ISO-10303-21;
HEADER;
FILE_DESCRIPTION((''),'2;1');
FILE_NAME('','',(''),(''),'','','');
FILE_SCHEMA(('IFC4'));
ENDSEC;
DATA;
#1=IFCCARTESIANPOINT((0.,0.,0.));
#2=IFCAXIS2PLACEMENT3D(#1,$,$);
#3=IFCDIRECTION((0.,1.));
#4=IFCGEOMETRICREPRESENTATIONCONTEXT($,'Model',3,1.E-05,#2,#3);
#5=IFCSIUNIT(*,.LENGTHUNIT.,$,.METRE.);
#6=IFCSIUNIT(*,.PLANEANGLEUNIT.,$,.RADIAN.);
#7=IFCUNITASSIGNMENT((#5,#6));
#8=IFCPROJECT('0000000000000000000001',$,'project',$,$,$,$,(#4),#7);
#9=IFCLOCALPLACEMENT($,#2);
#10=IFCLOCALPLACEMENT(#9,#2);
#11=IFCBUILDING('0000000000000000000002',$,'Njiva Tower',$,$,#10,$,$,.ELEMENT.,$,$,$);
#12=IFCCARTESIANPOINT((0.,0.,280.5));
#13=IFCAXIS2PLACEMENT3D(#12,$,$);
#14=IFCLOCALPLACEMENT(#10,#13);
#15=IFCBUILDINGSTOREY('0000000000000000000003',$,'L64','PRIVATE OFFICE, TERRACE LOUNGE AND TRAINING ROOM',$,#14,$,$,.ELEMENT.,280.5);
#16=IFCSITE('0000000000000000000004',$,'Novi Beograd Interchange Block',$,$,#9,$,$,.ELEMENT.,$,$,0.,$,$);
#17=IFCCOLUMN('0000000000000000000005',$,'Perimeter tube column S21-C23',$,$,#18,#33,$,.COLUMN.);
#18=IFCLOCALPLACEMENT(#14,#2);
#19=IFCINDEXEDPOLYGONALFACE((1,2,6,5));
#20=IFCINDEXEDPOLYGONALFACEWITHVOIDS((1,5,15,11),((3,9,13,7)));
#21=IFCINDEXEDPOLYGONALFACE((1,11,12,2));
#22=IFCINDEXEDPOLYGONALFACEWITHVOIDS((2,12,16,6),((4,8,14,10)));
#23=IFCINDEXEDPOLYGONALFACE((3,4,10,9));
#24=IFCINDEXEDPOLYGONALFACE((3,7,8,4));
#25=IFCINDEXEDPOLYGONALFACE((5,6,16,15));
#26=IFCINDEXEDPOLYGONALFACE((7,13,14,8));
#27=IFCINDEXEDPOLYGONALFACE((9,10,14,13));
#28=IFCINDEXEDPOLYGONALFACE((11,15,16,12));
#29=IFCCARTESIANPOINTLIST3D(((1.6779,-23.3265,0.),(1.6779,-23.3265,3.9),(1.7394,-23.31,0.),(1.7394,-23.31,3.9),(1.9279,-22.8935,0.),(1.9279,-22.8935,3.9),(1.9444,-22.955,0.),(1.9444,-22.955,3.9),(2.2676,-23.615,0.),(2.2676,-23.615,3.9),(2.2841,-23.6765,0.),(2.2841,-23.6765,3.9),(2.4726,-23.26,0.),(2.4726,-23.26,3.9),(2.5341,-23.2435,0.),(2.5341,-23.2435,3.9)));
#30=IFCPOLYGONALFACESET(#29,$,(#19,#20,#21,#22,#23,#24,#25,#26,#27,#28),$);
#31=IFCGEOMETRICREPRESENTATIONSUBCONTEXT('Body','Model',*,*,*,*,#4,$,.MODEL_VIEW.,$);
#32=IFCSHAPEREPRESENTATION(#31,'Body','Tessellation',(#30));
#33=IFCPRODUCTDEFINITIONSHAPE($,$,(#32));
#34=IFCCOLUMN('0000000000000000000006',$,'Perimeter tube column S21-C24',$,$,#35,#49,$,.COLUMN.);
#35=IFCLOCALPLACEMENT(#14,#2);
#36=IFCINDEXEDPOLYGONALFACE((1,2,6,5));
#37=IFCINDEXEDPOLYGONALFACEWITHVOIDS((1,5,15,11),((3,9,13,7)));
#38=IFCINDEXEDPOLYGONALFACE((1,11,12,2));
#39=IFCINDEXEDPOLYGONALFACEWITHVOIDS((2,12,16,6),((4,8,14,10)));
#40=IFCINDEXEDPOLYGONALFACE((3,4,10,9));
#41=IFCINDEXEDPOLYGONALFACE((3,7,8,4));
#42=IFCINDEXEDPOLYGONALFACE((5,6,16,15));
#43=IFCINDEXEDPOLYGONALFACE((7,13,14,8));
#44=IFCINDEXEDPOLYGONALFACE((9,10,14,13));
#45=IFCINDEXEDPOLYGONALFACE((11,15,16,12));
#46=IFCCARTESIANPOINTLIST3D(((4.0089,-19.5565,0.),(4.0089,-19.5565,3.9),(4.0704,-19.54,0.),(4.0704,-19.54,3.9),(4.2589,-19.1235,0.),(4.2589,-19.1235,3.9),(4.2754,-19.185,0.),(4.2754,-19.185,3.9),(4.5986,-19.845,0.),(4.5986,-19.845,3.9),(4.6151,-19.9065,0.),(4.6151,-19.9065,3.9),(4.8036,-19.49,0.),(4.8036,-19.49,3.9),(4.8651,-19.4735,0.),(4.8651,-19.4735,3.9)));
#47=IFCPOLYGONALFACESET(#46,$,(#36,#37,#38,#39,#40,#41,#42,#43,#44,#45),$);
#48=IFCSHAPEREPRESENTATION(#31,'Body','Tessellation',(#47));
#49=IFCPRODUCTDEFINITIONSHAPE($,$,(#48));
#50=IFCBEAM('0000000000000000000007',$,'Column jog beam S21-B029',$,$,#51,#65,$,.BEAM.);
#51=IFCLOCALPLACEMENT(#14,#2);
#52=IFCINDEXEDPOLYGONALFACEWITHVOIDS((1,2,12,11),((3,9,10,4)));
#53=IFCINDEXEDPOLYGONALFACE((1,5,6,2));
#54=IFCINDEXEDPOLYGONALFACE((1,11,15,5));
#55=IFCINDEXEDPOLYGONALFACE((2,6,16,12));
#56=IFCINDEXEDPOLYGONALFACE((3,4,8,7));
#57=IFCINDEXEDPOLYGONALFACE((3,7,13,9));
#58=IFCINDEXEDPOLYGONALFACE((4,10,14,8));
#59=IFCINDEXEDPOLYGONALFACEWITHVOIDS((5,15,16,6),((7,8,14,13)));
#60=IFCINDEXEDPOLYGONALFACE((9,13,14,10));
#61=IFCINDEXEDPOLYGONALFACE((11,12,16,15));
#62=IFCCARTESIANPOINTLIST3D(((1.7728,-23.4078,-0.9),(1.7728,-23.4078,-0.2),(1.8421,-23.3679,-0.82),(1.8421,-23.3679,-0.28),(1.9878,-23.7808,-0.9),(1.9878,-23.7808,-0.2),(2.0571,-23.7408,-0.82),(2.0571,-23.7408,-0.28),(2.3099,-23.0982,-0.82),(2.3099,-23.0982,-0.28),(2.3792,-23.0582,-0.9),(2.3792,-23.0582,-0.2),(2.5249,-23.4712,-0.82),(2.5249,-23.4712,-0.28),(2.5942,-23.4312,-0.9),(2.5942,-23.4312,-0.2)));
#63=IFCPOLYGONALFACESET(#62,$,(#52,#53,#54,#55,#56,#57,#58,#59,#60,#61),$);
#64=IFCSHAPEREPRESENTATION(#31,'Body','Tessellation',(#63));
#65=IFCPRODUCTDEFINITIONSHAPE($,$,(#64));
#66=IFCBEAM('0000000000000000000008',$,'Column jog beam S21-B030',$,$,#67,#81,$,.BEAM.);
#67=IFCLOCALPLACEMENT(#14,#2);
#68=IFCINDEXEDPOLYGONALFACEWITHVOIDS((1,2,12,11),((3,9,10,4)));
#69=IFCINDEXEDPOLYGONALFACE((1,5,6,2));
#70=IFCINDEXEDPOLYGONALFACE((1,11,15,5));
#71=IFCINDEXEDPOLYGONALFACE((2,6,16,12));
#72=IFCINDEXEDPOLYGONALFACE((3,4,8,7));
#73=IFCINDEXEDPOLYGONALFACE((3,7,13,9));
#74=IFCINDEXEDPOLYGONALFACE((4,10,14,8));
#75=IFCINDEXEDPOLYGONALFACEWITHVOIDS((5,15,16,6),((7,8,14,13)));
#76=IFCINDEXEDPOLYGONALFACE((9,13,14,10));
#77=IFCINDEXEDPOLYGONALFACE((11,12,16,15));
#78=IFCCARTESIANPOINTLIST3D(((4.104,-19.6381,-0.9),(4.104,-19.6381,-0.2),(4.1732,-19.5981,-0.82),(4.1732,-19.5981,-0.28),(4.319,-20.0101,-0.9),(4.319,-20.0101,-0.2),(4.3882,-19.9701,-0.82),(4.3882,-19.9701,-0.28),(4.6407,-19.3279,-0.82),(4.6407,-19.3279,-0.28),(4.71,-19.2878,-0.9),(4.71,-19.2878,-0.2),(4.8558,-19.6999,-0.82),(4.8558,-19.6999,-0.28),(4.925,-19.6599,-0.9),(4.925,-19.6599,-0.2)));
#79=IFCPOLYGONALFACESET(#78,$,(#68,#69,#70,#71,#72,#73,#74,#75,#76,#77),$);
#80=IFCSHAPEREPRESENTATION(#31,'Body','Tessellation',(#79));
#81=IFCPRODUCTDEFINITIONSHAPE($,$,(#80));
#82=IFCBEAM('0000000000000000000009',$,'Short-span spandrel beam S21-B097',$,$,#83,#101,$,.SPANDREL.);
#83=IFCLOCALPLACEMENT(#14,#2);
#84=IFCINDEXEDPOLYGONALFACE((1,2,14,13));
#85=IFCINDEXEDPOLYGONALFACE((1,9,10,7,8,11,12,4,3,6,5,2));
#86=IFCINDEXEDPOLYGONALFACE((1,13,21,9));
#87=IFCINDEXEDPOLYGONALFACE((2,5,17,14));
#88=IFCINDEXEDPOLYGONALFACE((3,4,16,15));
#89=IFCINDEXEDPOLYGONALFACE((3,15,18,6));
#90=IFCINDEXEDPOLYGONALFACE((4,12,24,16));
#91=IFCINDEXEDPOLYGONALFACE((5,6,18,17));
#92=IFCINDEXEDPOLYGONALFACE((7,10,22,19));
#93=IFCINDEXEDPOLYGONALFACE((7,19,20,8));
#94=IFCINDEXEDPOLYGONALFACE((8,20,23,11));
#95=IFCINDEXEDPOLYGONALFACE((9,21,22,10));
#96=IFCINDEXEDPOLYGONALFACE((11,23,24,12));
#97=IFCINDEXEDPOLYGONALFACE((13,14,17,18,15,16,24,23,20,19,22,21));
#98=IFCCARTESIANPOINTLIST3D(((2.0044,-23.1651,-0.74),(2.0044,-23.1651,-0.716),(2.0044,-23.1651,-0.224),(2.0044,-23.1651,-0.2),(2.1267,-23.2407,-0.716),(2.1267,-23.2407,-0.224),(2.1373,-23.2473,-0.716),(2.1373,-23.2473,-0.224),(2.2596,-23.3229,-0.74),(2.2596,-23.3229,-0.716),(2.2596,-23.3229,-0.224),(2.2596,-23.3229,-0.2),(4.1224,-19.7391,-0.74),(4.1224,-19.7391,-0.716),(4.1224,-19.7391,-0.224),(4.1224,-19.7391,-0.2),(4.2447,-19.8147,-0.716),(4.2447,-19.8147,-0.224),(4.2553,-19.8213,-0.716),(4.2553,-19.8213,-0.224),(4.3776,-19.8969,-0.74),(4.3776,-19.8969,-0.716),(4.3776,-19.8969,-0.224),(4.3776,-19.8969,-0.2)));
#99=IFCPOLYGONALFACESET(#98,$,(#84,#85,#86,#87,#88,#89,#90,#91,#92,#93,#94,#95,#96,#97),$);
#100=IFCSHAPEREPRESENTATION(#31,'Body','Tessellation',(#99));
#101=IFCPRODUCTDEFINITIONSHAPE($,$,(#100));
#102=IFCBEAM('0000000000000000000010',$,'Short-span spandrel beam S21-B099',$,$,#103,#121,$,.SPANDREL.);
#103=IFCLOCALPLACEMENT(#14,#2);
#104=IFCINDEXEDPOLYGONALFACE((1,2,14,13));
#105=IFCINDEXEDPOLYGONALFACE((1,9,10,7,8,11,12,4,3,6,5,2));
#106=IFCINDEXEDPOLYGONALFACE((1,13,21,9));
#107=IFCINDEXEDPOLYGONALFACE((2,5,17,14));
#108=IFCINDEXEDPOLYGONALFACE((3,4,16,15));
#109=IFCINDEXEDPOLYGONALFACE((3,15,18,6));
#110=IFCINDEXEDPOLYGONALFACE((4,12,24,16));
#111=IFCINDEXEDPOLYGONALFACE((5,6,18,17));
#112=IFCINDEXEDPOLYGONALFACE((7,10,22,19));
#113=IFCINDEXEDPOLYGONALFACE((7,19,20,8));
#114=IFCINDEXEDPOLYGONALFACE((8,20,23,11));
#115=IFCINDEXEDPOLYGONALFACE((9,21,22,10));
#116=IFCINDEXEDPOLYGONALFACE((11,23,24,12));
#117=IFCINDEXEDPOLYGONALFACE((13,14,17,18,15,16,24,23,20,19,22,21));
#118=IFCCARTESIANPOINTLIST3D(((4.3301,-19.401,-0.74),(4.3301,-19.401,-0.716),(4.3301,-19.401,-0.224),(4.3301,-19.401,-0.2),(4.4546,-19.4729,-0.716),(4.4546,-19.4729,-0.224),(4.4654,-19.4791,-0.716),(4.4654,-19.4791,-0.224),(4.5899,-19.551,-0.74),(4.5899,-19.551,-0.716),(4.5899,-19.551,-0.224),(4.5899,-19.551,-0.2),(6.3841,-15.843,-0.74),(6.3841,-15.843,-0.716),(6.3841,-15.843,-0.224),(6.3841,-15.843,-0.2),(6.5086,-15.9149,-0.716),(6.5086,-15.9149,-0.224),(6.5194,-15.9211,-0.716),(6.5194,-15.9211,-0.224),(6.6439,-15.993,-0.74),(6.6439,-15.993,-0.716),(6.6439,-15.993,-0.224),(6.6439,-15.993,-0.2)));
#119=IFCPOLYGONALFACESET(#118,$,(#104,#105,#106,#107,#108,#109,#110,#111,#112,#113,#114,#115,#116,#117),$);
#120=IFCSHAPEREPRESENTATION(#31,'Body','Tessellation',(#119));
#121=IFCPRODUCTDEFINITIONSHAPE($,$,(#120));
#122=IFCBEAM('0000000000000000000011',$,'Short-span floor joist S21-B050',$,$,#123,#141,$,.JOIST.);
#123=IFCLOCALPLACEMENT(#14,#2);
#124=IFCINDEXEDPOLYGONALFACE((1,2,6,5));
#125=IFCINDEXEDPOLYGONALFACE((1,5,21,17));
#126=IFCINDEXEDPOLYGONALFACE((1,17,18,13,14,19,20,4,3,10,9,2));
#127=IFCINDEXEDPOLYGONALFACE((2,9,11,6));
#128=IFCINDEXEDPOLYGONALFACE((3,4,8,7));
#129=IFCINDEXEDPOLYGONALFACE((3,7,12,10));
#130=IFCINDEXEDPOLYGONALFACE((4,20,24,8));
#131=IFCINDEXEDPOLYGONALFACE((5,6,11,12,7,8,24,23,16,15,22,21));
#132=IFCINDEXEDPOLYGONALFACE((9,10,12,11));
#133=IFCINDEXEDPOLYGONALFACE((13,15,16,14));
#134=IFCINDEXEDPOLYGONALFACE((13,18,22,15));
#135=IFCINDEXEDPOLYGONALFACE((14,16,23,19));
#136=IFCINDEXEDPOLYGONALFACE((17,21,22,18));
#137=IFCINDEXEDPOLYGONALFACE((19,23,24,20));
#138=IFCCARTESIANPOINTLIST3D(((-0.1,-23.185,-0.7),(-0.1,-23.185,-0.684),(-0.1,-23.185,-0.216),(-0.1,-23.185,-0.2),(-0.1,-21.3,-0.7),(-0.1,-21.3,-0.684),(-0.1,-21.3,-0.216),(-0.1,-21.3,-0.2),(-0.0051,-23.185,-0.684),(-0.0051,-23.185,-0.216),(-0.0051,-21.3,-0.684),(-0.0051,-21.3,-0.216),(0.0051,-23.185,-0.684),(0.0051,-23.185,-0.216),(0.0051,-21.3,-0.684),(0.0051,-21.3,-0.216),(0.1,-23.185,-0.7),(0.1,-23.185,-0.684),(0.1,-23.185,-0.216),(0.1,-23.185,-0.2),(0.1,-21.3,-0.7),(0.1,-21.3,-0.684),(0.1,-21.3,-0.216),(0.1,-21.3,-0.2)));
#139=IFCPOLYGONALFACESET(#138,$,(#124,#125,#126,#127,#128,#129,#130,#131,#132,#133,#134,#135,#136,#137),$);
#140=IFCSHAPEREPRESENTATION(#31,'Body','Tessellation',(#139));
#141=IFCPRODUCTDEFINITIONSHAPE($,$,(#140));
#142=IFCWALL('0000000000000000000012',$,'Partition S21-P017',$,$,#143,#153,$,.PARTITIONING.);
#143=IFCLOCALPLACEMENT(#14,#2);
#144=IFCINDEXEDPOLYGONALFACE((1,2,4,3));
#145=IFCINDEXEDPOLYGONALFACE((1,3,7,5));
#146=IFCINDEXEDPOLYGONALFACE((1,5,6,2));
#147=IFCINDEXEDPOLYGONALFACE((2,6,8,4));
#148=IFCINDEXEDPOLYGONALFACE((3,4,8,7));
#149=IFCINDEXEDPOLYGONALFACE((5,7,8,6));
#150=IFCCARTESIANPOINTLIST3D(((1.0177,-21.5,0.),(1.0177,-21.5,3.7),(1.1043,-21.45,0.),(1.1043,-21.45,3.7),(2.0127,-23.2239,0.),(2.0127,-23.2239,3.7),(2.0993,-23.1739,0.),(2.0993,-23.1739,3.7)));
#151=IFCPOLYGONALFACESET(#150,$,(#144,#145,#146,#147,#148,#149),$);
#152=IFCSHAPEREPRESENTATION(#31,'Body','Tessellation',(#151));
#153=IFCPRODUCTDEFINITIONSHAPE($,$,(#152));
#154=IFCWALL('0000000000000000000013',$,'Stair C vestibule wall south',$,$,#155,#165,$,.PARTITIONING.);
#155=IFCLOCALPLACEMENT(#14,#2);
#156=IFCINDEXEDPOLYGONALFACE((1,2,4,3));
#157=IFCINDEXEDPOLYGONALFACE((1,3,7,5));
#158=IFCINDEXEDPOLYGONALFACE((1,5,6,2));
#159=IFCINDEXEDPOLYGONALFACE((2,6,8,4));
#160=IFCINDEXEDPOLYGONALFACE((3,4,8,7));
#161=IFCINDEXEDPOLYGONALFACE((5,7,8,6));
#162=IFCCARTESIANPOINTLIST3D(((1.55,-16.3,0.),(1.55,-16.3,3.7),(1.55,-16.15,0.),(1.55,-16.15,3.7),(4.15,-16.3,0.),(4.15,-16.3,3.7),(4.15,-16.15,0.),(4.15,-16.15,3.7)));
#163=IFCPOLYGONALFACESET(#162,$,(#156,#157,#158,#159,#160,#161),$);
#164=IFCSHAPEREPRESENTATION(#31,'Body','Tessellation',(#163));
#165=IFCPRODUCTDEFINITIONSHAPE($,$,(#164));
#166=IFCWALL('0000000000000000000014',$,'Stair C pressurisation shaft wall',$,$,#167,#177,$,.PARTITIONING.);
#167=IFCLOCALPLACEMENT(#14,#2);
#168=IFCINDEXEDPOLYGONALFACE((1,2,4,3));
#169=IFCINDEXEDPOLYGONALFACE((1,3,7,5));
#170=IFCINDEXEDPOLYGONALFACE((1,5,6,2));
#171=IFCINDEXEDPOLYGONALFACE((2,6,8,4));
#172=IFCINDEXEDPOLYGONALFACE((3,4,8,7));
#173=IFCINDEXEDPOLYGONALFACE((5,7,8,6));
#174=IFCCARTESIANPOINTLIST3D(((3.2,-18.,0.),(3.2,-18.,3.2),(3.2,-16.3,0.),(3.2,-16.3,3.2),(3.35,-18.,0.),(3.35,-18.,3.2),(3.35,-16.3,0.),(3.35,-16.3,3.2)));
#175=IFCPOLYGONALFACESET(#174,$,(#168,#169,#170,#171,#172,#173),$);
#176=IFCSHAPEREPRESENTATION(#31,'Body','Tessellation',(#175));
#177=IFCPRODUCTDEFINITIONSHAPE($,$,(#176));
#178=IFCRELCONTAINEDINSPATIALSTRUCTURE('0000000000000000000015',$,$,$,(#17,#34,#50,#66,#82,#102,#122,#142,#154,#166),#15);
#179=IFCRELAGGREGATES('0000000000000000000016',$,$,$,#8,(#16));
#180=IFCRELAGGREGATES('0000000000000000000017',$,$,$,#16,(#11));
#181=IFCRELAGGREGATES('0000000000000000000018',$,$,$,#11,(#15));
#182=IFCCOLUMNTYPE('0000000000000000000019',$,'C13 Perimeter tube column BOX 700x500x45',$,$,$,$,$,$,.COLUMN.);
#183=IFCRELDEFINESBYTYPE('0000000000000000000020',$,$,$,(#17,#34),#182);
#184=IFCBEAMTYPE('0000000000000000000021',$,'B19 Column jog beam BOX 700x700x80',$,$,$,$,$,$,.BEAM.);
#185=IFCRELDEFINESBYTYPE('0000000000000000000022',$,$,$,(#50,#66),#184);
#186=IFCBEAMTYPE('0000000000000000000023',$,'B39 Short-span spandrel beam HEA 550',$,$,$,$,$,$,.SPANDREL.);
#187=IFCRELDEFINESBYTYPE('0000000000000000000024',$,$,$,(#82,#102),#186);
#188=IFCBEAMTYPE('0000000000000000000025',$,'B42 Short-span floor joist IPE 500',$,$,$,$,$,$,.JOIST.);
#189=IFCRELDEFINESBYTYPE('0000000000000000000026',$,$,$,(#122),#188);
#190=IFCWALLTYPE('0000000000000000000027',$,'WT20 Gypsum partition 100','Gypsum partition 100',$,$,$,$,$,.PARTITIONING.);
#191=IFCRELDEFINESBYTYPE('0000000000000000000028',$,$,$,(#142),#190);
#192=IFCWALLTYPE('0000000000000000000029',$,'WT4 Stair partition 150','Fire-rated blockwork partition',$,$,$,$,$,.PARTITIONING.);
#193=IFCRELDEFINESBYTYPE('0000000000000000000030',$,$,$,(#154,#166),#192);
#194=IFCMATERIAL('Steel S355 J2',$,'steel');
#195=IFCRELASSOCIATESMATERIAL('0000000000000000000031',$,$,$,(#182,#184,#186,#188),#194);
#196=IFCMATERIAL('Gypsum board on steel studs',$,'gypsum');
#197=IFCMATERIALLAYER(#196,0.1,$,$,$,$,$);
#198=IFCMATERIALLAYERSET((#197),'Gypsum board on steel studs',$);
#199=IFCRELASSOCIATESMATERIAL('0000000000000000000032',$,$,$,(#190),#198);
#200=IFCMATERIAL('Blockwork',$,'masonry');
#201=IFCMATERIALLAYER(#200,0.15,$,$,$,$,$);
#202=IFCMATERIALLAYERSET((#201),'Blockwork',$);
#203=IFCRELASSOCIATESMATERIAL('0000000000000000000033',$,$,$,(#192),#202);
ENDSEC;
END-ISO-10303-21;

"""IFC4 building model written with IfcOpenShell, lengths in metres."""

from ifc_helpers import new_model, si_unit, direction, frame, frame_2d, origin, origin_2d, place, context, subcontext, project, spatial, rectangle, hollow_rectangle, i_section, extrude, material, layer, layer_set, material_profile, profile_set, type_object, element, save


model = new_model("IFC4")

# Units and contexts
model_context = context("Model", 3, precision=1e-05, world=origin(), true_north=direction((0.0, 1.0)))
body_context = subcontext(model_context, "Body", "Model", "MODEL_VIEW")
ifc_project = project(units=[si_unit("LENGTHUNIT", "METRE"), si_unit("PLANEANGLEUNIT", "RADIAN")], contexts=[model_context])

# Site, building, storey
site_placement = place(None, origin())
site = spatial("IfcSite", under=ifc_project, at=site_placement, Name="Novi Beograd Interchange Block", CompositionType="ELEMENT", RefElevation=0.0)
building_placement = place(site_placement, origin())
building = spatial("IfcBuilding", under=site, at=building_placement, Name="Njiva Tower", CompositionType="ELEMENT")
storey_placement = place(building_placement, frame((0.0, 0.0, 280.5)))
storey = spatial("IfcBuildingStorey", under=building, at=storey_placement, Name="L64", Description="PRIVATE OFFICE, TERRACE LOUNGE AND TRAINING ROOM", CompositionType="ELEMENT", Elevation=280.5)

# Columns
ifc_material_1 = material(Name="Steel S355 J2", Category="steel")
ifc_material_profile_1 = material_profile(ifc_material_1, hollow_rectangle(XDim=0.5, YDim=0.7, WallThickness=0.045, at=origin_2d()), Name="BOX 700x500x45")
ifc_profile_set_1 = profile_set([ifc_material_profile_1], Name="Steel S355 J2")
column_type = type_object("IfcColumnType", Name="C13 Perimeter tube column BOX 700x500x45", PredefinedType="COLUMN", material=ifc_profile_set_1)
for number, where, z_axis, x_axis, name in (
    (1, (2.106, -23.285, 0.0), (0.0, 0.0, 1.0), (0.5, 0.866025, 0.0), "Perimeter tube column S21-C23"),
    (2, (4.437, -19.515, 0.0), (0.0, 0.0, 1.0), (0.5, 0.866025, 0.0), "Perimeter tube column S21-C24"),
):
    element("IfcColumn", number, at=place(storey_placement, frame(where, z_axis=z_axis, x_axis=x_axis)), inside=storey, type_object=column_type, Name=name, PredefinedType="COLUMN", context=body_context, shape_type="SweptSolid", body=[
        extrude(hollow_rectangle(XDim=0.5, YDim=0.7, WallThickness=0.045, at=origin_2d()), origin(), (0.0, 0.0, 1.0), 3.9),
    ])

# Beams
ifc_material_profile_2 = material_profile(ifc_material_1, hollow_rectangle(XDim=0.7, YDim=0.7, WallThickness=0.08, at=origin_2d()), Name="BOX 700x700x80")
ifc_profile_set_2 = profile_set([ifc_material_profile_2], Name="Steel S355 J2")
beam_type_1 = type_object("IfcBeamType", Name="B19 Column jog beam BOX 700x700x80", PredefinedType="BEAM", material=ifc_profile_set_2)
beam_1_placement = place(storey_placement, frame((2.291, -23.606, -0.55), z_axis=(-0.499387, 0.866379, 0.0), x_axis=(-0.866379, -0.499387, 0.0)))
element("IfcBeam", 3, at=beam_1_placement, inside=storey, type_object=beam_type_1, Name="Column jog beam S21-B029", PredefinedType="BEAM", context=body_context, shape_type="SweptSolid", body=[
    extrude(hollow_rectangle(XDim=0.7, YDim=0.7, WallThickness=0.08, at=origin_2d()), origin(), (0.0, 0.0, 1.0), 0.4305),
])
beam_2_placement = place(storey_placement, frame((4.622, -19.835, -0.55), z_axis=(-0.500394, 0.865798, 0.0), x_axis=(-0.865798, -0.500394, 0.0)))
element("IfcBeam", 4, at=beam_2_placement, inside=storey, type_object=beam_type_1, Name="Column jog beam S21-B030", PredefinedType="BEAM", context=body_context, shape_type="SweptSolid", body=[
    extrude(hollow_rectangle(XDim=0.7, YDim=0.7, WallThickness=0.08, at=origin_2d()), origin(), (0.0, 0.0, 1.0), 0.4297),
])
ifc_material_profile_3 = material_profile(ifc_material_1, i_section(OverallWidth=0.3, OverallDepth=0.54, WebThickness=0.0125, FlangeThickness=0.024, at=origin_2d()), Name="HEA 550")
ifc_profile_set_3 = profile_set([ifc_material_profile_3], Name="Steel S355 J2")
beam_type_2 = type_object("IfcBeamType", Name="B39 Short-span spandrel beam HEA 550", PredefinedType="SPANDREL", material=ifc_profile_set_3)
beam_3_placement = place(storey_placement, frame((2.132, -23.244, -0.47), z_axis=(0.525842, 0.850582, 0.0), x_axis=(-0.850582, 0.525842, 0.0)))
element("IfcBeam", 5, at=beam_3_placement, inside=storey, type_object=beam_type_2, Name="Short-span spandrel beam S21-B097", PredefinedType="SPANDREL", context=body_context, shape_type="SweptSolid", body=[
    extrude(i_section(OverallWidth=0.3, OverallDepth=0.54, WebThickness=0.0125, FlangeThickness=0.024, at=origin_2d()), origin(), (0.0, 0.0, 1.0), 4.0278),
])
beam_4_placement = place(storey_placement, frame((4.46, -19.476, -0.47), z_axis=(0.499961, 0.866048, 0.0), x_axis=(-0.866048, 0.499961, 0.0)))
element("IfcBeam", 6, at=beam_4_placement, inside=storey, type_object=beam_type_2, Name="Short-span spandrel beam S21-B099", PredefinedType="SPANDREL", context=body_context, shape_type="SweptSolid", body=[
    extrude(i_section(OverallWidth=0.3, OverallDepth=0.54, WebThickness=0.0125, FlangeThickness=0.024, at=origin_2d()), origin(), (0.0, 0.0, 1.0), 4.1083),
])
ifc_material_profile_4 = material_profile(ifc_material_1, i_section(OverallWidth=0.2, OverallDepth=0.5, WebThickness=0.0102, FlangeThickness=0.016, at=origin_2d()), Name="IPE 500")
ifc_profile_set_4 = profile_set([ifc_material_profile_4], Name="Steel S355 J2")
beam_type_3 = type_object("IfcBeamType", Name="B42 Short-span floor joist IPE 500", PredefinedType="JOIST", material=ifc_profile_set_4)
beam_5_placement = place(storey_placement, frame((0.0, -21.3, -0.45), z_axis=(0.0, -1.0, 0.0), x_axis=(1.0, 0.0, 0.0)))
element("IfcBeam", 7, at=beam_5_placement, inside=storey, type_object=beam_type_3, Name="Short-span floor joist S21-B050", PredefinedType="JOIST", context=body_context, shape_type="SweptSolid", body=[
    extrude(i_section(OverallWidth=0.2, OverallDepth=0.5, WebThickness=0.0102, FlangeThickness=0.016, at=origin_2d()), origin(), (0.0, 0.0, 1.0), 1.885),
])

# Walls
ifc_material_2 = material(Name="Gypsum board on steel studs", Category="gypsum")
ifc_layer_1 = layer(ifc_material_2, 0.1)
ifc_layer_set_1 = layer_set([ifc_layer_1], Name="Gypsum board on steel studs")
wall_type_1 = type_object("IfcWallType", Name="WT20 Gypsum partition 100", Description="Gypsum partition 100", PredefinedType="PARTITIONING", material=ifc_layer_set_1)
wall_1_placement = place(storey_placement, frame((1.061, -21.475, 0.0), z_axis=(0.0, 0.0, 1.0), x_axis=(0.499867, -0.866102, 0.0)))
element("IfcWall", 8, at=wall_1_placement, inside=storey, type_object=wall_type_1, Name="Partition S21-P017", PredefinedType="PARTITIONING", context=body_context, shape_type="SweptSolid", body=[
    extrude(rectangle(XDim=1.9905, YDim=0.1, at=frame_2d((0.9952, 0.0))), origin(), (0.0, 0.0, 1.0), 3.7),
])
ifc_material_3 = material(Name="Blockwork", Category="masonry")
ifc_layer_2 = layer(ifc_material_3, 0.15)
ifc_layer_set_2 = layer_set([ifc_layer_2], Name="Blockwork")
wall_type_2 = type_object("IfcWallType", Name="WT4 Stair partition 150", Description="Fire-rated blockwork partition", PredefinedType="PARTITIONING", material=ifc_layer_set_2)
wall_2_placement = place(storey_placement, frame((1.55, -16.225, 0.0), z_axis=(0.0, 0.0, 1.0), x_axis=(1.0, 0.0, 0.0)))
element("IfcWall", 9, at=wall_2_placement, inside=storey, type_object=wall_type_2, Name="Stair C vestibule wall south", PredefinedType="PARTITIONING", context=body_context, shape_type="SweptSolid", body=[
    extrude(rectangle(XDim=2.6, YDim=0.15, at=frame_2d((1.3, 0.0))), origin(), (0.0, 0.0, 1.0), 3.7),
])
wall_3_placement = place(storey_placement, frame((3.275, -18.0, 0.0), z_axis=(0.0, 0.0, 1.0), x_axis=(0.0, 1.0, 0.0)))
element("IfcWall", 10, at=wall_3_placement, inside=storey, type_object=wall_type_2, Name="Stair C pressurisation shaft wall", PredefinedType="PARTITIONING", context=body_context, shape_type="SweptSolid", body=[
    extrude(rectangle(XDim=1.7, YDim=0.15, at=frame_2d((0.85, 0.0))), origin(), (0.0, 0.0, 1.0), 3.2),
])

save(model, "model.ifc")
